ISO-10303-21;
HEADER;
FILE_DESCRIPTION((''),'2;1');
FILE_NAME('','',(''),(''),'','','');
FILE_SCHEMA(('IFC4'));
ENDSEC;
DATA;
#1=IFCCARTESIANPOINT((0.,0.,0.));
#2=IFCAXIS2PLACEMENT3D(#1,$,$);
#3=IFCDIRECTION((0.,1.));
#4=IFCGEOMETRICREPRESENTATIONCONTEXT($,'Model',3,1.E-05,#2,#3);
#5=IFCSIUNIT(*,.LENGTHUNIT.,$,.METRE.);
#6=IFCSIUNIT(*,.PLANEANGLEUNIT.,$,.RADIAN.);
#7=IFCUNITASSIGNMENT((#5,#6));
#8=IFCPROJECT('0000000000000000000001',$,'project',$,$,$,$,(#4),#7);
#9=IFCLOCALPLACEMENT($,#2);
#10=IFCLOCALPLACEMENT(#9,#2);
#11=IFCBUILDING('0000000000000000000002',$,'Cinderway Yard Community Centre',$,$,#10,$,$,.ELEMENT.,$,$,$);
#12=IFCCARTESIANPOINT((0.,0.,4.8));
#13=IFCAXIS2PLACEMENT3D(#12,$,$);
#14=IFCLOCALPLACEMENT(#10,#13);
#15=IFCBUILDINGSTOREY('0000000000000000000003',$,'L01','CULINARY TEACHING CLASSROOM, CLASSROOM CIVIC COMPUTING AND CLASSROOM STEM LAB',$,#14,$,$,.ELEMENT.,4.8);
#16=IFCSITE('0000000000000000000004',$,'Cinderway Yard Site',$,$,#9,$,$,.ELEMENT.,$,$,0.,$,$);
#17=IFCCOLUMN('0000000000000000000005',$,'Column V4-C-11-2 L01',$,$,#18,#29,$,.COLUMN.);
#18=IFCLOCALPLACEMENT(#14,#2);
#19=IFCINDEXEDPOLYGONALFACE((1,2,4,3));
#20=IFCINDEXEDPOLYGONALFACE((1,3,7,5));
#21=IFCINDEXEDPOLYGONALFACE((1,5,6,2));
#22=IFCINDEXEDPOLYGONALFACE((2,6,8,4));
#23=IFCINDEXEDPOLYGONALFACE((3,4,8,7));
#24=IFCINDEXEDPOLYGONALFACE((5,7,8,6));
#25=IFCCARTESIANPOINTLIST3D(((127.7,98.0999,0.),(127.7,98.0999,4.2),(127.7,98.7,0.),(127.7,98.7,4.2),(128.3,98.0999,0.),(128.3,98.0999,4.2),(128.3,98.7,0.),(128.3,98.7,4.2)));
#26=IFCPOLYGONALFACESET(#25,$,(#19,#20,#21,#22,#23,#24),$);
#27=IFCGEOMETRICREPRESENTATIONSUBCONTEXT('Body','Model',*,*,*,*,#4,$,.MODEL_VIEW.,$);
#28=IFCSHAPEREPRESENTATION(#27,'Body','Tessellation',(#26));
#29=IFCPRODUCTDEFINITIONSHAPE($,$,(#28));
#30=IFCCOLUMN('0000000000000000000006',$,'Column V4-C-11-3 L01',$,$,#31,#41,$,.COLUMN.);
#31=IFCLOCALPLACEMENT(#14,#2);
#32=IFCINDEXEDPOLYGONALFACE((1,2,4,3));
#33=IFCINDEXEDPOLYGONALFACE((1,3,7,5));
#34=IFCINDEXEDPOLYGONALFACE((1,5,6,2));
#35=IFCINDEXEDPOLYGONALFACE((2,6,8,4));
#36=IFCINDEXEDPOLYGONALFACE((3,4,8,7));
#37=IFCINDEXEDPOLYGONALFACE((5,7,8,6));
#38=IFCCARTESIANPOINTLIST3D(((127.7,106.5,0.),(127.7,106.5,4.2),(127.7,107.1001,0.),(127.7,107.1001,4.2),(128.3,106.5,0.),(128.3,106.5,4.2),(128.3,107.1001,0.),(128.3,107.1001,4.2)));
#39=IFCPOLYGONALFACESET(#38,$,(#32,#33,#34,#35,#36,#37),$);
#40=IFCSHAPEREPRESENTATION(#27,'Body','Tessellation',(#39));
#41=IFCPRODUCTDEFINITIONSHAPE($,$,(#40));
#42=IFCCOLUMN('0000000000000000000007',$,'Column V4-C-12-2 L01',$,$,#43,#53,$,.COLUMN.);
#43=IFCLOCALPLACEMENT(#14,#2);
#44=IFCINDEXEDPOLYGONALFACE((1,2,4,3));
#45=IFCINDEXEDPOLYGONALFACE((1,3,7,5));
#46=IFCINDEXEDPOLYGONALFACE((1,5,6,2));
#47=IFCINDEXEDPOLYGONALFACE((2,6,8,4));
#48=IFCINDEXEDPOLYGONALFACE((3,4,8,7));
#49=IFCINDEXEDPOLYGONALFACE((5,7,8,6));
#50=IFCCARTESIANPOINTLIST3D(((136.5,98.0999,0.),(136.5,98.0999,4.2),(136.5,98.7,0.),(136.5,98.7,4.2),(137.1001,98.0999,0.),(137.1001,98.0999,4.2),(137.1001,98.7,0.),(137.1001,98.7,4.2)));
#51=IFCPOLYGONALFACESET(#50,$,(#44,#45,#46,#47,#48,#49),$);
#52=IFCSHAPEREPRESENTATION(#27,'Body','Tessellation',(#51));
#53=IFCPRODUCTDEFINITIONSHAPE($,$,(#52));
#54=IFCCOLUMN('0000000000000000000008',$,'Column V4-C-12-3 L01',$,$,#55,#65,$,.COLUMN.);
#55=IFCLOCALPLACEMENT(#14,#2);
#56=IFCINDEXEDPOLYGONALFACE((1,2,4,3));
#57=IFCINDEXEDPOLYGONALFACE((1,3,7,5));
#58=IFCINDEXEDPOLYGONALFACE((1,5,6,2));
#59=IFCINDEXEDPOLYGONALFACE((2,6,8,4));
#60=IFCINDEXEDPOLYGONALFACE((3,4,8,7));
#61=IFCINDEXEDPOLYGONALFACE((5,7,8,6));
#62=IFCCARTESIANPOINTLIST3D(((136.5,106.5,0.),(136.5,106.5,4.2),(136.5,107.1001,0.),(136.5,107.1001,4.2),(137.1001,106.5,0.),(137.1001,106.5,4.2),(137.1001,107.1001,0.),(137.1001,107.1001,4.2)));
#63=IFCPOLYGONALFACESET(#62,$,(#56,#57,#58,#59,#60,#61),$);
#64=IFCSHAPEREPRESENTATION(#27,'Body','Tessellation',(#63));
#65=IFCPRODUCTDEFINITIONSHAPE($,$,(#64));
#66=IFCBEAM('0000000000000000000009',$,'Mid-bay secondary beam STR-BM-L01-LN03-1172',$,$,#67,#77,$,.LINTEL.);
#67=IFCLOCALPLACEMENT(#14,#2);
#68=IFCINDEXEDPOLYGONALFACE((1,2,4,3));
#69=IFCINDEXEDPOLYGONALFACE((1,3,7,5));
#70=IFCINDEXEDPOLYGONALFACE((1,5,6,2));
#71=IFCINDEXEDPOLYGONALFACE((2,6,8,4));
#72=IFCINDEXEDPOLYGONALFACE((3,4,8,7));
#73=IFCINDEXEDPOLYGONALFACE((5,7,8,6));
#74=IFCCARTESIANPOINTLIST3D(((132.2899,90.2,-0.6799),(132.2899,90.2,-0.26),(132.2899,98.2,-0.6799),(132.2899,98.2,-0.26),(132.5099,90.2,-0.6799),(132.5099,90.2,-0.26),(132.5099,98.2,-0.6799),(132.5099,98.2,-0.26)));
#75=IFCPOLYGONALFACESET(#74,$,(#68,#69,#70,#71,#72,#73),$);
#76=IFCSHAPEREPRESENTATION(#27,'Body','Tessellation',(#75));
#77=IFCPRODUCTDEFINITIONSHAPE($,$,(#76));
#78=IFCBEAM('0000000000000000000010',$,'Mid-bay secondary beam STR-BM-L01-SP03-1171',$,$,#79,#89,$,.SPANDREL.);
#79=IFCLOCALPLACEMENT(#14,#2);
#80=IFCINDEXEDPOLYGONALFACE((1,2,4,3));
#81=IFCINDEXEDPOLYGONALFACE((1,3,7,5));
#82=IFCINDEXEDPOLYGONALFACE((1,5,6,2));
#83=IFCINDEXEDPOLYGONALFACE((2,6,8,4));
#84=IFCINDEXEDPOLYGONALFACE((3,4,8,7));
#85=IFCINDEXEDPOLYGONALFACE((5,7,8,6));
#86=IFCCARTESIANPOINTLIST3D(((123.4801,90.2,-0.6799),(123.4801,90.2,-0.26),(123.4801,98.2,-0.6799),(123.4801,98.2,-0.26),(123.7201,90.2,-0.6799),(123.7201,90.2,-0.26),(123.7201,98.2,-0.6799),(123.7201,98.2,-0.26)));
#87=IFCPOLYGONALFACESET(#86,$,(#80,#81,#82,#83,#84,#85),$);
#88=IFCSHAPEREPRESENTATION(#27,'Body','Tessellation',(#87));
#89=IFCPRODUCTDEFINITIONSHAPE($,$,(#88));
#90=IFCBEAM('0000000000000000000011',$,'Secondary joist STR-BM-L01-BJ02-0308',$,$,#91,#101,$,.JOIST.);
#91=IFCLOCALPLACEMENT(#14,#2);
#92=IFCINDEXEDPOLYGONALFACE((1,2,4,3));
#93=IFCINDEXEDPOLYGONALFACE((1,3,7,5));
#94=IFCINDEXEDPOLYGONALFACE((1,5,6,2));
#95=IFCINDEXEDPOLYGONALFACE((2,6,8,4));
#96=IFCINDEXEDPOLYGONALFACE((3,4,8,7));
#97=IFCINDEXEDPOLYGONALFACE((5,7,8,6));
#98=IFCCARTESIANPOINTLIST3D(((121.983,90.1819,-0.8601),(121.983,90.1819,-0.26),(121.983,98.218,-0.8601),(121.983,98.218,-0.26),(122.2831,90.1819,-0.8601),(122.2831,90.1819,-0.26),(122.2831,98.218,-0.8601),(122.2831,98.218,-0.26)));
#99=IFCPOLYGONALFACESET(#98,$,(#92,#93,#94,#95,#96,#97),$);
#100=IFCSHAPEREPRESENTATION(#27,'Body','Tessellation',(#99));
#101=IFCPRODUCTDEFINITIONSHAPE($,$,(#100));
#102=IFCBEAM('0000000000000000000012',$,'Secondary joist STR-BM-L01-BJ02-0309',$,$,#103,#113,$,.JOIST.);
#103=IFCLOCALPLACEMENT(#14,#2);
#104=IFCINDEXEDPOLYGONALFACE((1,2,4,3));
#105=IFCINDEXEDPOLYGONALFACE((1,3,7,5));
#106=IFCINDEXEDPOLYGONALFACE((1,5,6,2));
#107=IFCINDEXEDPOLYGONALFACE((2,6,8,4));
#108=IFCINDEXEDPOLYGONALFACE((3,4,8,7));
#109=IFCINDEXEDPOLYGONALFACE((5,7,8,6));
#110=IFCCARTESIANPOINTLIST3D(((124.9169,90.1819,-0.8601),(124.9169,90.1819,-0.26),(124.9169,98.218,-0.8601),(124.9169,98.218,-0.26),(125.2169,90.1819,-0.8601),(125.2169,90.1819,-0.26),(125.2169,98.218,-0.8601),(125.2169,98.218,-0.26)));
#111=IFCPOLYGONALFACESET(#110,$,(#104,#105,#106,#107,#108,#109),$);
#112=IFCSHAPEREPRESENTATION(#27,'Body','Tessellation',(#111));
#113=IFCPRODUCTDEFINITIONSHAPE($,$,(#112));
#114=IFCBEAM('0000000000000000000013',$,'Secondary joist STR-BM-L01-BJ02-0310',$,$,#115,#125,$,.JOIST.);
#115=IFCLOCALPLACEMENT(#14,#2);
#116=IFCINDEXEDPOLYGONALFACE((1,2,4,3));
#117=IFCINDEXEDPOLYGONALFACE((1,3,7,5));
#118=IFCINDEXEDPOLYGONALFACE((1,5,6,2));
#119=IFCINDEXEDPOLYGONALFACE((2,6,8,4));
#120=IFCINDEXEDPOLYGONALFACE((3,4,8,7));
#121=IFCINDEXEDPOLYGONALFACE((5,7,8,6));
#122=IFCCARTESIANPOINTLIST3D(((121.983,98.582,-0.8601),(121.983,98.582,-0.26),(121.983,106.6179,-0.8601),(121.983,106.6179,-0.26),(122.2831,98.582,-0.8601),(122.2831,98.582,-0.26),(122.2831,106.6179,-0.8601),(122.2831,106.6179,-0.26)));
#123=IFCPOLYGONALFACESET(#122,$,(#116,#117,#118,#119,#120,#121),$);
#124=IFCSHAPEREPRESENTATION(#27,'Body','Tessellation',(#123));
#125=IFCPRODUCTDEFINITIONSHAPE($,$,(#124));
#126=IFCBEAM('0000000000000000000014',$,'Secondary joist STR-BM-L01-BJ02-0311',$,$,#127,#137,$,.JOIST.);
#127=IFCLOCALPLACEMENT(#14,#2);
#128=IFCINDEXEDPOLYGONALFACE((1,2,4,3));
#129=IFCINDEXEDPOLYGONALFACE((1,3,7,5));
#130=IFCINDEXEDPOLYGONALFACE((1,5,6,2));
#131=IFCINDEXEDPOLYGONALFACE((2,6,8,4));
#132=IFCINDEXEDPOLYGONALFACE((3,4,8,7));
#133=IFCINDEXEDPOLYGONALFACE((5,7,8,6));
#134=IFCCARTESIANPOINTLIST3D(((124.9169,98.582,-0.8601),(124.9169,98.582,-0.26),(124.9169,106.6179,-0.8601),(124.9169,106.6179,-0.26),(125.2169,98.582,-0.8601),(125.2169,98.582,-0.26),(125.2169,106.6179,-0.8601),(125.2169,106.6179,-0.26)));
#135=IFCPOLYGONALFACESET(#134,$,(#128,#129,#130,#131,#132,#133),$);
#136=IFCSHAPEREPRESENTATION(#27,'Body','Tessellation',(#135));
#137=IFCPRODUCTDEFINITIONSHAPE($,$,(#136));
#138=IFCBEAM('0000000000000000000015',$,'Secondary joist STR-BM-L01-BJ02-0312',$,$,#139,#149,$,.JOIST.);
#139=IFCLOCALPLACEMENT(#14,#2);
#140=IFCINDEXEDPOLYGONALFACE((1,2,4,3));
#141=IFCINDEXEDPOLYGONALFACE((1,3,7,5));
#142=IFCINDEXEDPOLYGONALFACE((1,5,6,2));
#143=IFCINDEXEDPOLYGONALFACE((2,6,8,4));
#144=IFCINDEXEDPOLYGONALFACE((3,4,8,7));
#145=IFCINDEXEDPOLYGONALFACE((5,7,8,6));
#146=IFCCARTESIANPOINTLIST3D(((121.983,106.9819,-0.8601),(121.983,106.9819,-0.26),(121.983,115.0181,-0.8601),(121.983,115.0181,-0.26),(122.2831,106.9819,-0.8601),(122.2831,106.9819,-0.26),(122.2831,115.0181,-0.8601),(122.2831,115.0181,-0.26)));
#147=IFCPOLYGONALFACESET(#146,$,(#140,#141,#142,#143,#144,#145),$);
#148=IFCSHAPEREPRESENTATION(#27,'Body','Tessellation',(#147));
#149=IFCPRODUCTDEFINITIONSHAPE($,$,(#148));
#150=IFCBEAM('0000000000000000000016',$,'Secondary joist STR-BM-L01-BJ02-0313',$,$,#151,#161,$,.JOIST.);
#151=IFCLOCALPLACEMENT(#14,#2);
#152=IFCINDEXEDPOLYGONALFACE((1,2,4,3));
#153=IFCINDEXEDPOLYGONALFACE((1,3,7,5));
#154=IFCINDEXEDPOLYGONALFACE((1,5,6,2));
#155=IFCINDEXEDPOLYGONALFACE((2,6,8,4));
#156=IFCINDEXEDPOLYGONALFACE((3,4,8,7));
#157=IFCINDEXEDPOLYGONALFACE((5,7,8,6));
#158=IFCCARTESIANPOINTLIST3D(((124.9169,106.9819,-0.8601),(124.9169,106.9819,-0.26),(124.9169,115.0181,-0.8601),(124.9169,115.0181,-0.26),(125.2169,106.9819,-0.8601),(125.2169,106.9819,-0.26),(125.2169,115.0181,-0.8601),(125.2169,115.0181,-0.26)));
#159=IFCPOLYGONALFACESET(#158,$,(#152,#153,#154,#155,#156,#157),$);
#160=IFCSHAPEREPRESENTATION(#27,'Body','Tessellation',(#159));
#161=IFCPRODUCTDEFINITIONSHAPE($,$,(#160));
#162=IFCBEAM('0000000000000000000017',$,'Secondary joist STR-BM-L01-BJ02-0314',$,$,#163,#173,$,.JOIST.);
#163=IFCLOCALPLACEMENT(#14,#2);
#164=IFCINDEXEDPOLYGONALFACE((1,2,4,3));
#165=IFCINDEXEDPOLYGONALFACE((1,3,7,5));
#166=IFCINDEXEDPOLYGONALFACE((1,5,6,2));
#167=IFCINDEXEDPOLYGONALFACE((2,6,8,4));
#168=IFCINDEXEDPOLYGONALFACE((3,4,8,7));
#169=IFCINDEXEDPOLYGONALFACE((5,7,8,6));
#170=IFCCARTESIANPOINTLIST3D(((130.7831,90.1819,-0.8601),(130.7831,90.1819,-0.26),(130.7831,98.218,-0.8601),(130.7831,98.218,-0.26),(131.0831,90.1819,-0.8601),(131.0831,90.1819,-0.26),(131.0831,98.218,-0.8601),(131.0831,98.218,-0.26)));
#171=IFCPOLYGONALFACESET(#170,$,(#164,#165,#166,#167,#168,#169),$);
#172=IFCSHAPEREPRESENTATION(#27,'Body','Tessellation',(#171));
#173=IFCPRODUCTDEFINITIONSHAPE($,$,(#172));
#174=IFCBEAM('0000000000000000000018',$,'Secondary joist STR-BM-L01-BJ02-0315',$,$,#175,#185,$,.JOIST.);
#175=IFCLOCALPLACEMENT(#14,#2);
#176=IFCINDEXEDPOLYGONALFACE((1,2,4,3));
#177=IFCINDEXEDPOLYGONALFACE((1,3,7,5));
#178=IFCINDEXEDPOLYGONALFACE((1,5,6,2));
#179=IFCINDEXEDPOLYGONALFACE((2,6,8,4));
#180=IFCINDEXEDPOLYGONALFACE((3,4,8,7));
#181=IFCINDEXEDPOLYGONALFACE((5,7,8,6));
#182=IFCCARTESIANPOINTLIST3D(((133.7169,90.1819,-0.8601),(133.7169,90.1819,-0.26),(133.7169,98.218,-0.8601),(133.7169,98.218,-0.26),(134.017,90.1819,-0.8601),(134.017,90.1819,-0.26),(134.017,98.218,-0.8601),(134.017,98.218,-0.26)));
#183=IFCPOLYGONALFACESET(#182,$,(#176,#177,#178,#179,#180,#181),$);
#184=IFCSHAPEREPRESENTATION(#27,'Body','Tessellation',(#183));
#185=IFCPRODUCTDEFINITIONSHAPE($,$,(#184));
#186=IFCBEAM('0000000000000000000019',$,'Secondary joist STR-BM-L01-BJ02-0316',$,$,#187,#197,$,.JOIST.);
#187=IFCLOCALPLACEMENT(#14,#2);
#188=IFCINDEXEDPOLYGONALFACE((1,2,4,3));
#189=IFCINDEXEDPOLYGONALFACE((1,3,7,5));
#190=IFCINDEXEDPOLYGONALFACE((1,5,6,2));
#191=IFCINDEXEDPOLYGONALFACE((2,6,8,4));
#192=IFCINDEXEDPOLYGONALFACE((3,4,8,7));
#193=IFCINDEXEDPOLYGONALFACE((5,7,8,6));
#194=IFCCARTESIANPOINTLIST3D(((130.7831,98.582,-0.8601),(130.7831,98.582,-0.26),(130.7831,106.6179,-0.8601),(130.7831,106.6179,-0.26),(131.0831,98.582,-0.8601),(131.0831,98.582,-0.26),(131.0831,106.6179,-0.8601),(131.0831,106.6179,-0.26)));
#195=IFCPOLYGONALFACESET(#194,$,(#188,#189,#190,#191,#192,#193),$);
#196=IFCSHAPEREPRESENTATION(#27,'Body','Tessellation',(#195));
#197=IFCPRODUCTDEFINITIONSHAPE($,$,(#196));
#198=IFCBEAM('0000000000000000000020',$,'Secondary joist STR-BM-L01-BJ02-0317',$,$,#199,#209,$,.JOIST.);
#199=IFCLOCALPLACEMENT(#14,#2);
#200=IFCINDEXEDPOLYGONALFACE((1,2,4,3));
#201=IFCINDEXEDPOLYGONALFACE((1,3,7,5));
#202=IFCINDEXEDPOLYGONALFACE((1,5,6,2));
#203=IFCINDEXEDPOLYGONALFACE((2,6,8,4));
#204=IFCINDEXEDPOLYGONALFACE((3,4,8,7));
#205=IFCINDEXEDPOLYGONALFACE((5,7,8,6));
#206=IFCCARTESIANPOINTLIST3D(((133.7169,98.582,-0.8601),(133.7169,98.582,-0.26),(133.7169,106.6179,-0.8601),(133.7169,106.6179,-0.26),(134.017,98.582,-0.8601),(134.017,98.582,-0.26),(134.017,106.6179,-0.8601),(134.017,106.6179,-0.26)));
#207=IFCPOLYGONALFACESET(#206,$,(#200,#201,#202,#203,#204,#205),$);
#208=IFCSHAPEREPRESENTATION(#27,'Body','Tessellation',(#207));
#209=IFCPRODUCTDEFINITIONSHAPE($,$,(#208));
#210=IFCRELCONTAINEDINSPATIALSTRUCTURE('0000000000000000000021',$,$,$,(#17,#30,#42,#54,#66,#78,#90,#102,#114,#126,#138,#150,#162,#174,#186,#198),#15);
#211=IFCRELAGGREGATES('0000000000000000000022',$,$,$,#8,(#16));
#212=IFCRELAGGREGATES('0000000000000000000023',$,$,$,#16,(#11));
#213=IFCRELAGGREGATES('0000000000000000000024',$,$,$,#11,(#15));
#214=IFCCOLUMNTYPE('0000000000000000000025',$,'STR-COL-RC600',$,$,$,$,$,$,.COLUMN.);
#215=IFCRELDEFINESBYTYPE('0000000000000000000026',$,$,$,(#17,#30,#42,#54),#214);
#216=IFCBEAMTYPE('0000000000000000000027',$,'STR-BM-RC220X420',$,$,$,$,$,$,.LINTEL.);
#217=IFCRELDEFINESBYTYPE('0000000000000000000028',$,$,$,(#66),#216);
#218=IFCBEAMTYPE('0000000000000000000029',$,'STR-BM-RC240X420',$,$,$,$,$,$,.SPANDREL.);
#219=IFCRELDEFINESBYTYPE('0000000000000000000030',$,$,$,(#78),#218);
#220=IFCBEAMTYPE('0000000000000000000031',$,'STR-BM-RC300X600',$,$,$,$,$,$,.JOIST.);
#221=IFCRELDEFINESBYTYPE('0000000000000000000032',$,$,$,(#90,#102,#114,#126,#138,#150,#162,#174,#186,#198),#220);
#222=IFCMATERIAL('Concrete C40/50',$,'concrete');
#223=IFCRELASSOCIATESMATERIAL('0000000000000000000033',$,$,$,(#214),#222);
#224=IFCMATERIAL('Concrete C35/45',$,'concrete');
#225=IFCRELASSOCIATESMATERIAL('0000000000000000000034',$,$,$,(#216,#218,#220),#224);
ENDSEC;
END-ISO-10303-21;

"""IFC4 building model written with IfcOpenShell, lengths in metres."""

from ifc_helpers import new_model, si_unit, direction, frame, origin, origin_2d, place, context, subcontext, project, spatial, rectangle, extrude, material, material_profile, profile_set, type_object, element, save


model = new_model("IFC4")

# Units and contexts
model_context = context("Model", 3, precision=1e-05, world=origin(), true_north=direction((0.0, 1.0)))
body_context = subcontext(model_context, "Body", "Model", "MODEL_VIEW")
ifc_project = project(units=[si_unit("LENGTHUNIT", "METRE"), si_unit("PLANEANGLEUNIT", "RADIAN")], contexts=[model_context])

# Site, building, storey
site_placement = place(None, origin())
site = spatial("IfcSite", under=ifc_project, at=site_placement, Name="Cinderway Yard Site", CompositionType="ELEMENT", RefElevation=0.0)
building_placement = place(site_placement, origin())
building = spatial("IfcBuilding", under=site, at=building_placement, Name="Cinderway Yard Community Centre", CompositionType="ELEMENT")
storey_placement = place(building_placement, frame((0.0, 0.0, 4.8)))
storey = spatial("IfcBuildingStorey", under=building, at=storey_placement, Name="L01", Description="CULINARY TEACHING CLASSROOM, CLASSROOM CIVIC COMPUTING AND CLASSROOM STEM LAB", CompositionType="ELEMENT", Elevation=4.8)

# Columns
ifc_material_1 = material(Name="Concrete C40/50", Category="concrete")
ifc_material_profile_1 = material_profile(ifc_material_1, rectangle(XDim=0.6001, YDim=0.6001, at=origin_2d()), Name="Concrete C40/50")
ifc_profile_set_1 = profile_set([ifc_material_profile_1], Name="Concrete C40/50")
column_type = type_object("IfcColumnType", Name="STR-COL-RC600", PredefinedType="COLUMN", material=ifc_profile_set_1)
for number, where, z_axis, x_axis, name in (
    (1, (128.0, 98.3999, 0.0), (0.0, 0.0, 1.0), (1.0, 0.0, 0.0), "Column V4-C-11-2 L01"),
    (2, (128.0, 106.8, 0.0), (0.0, 0.0, 1.0), (1.0, 0.0, 0.0), "Column V4-C-11-3 L01"),
    (3, (136.8, 98.3999, 0.0), (0.0, 0.0, 1.0), (1.0, 0.0, 0.0), "Column V4-C-12-2 L01"),
    (4, (136.8, 106.8, 0.0), (0.0, 0.0, 1.0), (1.0, 0.0, 0.0), "Column V4-C-12-3 L01"),
):
    element("IfcColumn", number, at=place(storey_placement, frame(where, z_axis=z_axis, x_axis=x_axis)), inside=storey, type_object=column_type, Name=name, PredefinedType="COLUMN", context=body_context, shape_type="SweptSolid", body=[
        extrude(rectangle(XDim=0.6001, YDim=0.6001, at=origin_2d()), origin(), (0.0, 0.0, 1.0), 4.2),
    ])

# Beams
ifc_material_2 = material(Name="Concrete C35/45", Category="concrete")
ifc_material_profile_2 = material_profile(ifc_material_2, rectangle(XDim=0.22, YDim=0.4199, at=origin_2d()), Name="Concrete C35/45")
ifc_profile_set_2 = profile_set([ifc_material_profile_2], Name="Concrete C35/45")
beam_type_1 = type_object("IfcBeamType", Name="STR-BM-RC220X420", PredefinedType="LINTEL", material=ifc_profile_set_2)
beam_1_placement = place(storey_placement, frame((132.3999, 90.2, -0.47), z_axis=(0.0, 1.0, 0.0), x_axis=(-1.0, 0.0, 0.0)))
element("IfcBeam", 5, at=beam_1_placement, inside=storey, type_object=beam_type_1, Name="Mid-bay secondary beam STR-BM-L01-LN03-1172", PredefinedType="LINTEL", context=body_context, shape_type="SweptSolid", body=[
    extrude(rectangle(XDim=0.22, YDim=0.4199, at=origin_2d()), origin(), (0.0, 0.0, 1.0), 8.0),
])
ifc_material_profile_3 = material_profile(ifc_material_2, rectangle(XDim=0.24, YDim=0.4199, at=origin_2d()), Name="Concrete C35/45")
ifc_profile_set_3 = profile_set([ifc_material_profile_3], Name="Concrete C35/45")
beam_type_2 = type_object("IfcBeamType", Name="STR-BM-RC240X420", PredefinedType="SPANDREL", material=ifc_profile_set_3)
beam_2_placement = place(storey_placement, frame((123.6001, 90.2, -0.47), z_axis=(0.0, 1.0, 0.0), x_axis=(-1.0, 0.0, 0.0)))
element("IfcBeam", 6, at=beam_2_placement, inside=storey, type_object=beam_type_2, Name="Mid-bay secondary beam STR-BM-L01-SP03-1171", PredefinedType="SPANDREL", context=body_context, shape_type="SweptSolid", body=[
    extrude(rectangle(XDim=0.24, YDim=0.4199, at=origin_2d()), origin(), (0.0, 0.0, 1.0), 8.0),
])
ifc_material_profile_4 = material_profile(ifc_material_2, rectangle(XDim=0.3, YDim=0.6001, at=origin_2d()), Name="Concrete C35/45")
ifc_profile_set_4 = profile_set([ifc_material_profile_4], Name="Concrete C35/45")
beam_type_3 = type_object("IfcBeamType", Name="STR-BM-RC300X600", PredefinedType="JOIST", material=ifc_profile_set_4)
for number, where, z_axis, x_axis, name in (
    (7, (122.1331, 90.1819, -0.5601), (0.0, 1.0, 0.0), (-1.0, 0.0, 0.0), "Secondary joist STR-BM-L01-BJ02-0308"),
    (8, (125.0669, 90.1819, -0.5601), (0.0, 1.0, 0.0), (-1.0, 0.0, 0.0), "Secondary joist STR-BM-L01-BJ02-0309"),
):
    element("IfcBeam", number, at=place(storey_placement, frame(where, z_axis=z_axis, x_axis=x_axis)), inside=storey, type_object=beam_type_3, Name=name, PredefinedType="JOIST", context=body_context, shape_type="SweptSolid", body=[
        extrude(rectangle(XDim=0.3, YDim=0.6001, at=origin_2d()), origin(), (0.0, 0.0, 1.0), 8.0361),
    ])
for number, where, z_axis, x_axis, name in (
    (9, (122.1331, 98.582, -0.5601), (0.0, 1.0, 0.0), (-1.0, 0.0, 0.0), "Secondary joist STR-BM-L01-BJ02-0310"),
    (10, (125.0669, 98.582, -0.5601), (0.0, 1.0, 0.0), (-1.0, 0.0, 0.0), "Secondary joist STR-BM-L01-BJ02-0311"),
):
    element("IfcBeam", number, at=place(storey_placement, frame(where, z_axis=z_axis, x_axis=x_axis)), inside=storey, type_object=beam_type_3, Name=name, PredefinedType="JOIST", context=body_context, shape_type="SweptSolid", body=[
        extrude(rectangle(XDim=0.3, YDim=0.6001, at=origin_2d()), origin(), (0.0, 0.0, 1.0), 8.0359),
    ])
for number, where, z_axis, x_axis, name in (
    (11, (122.1331, 106.9819, -0.5601), (0.0, 1.0, 0.0), (-1.0, 0.0, 0.0), "Secondary joist STR-BM-L01-BJ02-0312"),
    (12, (125.0669, 106.9819, -0.5601), (0.0, 1.0, 0.0), (-1.0, 0.0, 0.0), "Secondary joist STR-BM-L01-BJ02-0313"),
    (13, (130.9331, 90.1819, -0.5601), (0.0, 1.0, 0.0), (-1.0, 0.0, 0.0), "Secondary joist STR-BM-L01-BJ02-0314"),
    (14, (133.8669, 90.1819, -0.5601), (0.0, 1.0, 0.0), (-1.0, 0.0, 0.0), "Secondary joist STR-BM-L01-BJ02-0315"),
):
    element("IfcBeam", number, at=place(storey_placement, frame(where, z_axis=z_axis, x_axis=x_axis)), inside=storey, type_object=beam_type_3, Name=name, PredefinedType="JOIST", context=body_context, shape_type="SweptSolid", body=[
        extrude(rectangle(XDim=0.3, YDim=0.6001, at=origin_2d()), origin(), (0.0, 0.0, 1.0), 8.0361),
    ])
for number, where, z_axis, x_axis, name in (
    (15, (130.9331, 98.582, -0.5601), (0.0, 1.0, 0.0), (-1.0, 0.0, 0.0), "Secondary joist STR-BM-L01-BJ02-0316"),
    (16, (133.8669, 98.582, -0.5601), (0.0, 1.0, 0.0), (-1.0, 0.0, 0.0), "Secondary joist STR-BM-L01-BJ02-0317"),
):
    element("IfcBeam", number, at=place(storey_placement, frame(where, z_axis=z_axis, x_axis=x_axis)), inside=storey, type_object=beam_type_3, Name=name, PredefinedType="JOIST", context=body_context, shape_type="SweptSolid", body=[
        extrude(rectangle(XDim=0.3, YDim=0.6001, at=origin_2d()), origin(), (0.0, 0.0, 1.0), 8.0359),
    ])

save(model, "model.ifc")
